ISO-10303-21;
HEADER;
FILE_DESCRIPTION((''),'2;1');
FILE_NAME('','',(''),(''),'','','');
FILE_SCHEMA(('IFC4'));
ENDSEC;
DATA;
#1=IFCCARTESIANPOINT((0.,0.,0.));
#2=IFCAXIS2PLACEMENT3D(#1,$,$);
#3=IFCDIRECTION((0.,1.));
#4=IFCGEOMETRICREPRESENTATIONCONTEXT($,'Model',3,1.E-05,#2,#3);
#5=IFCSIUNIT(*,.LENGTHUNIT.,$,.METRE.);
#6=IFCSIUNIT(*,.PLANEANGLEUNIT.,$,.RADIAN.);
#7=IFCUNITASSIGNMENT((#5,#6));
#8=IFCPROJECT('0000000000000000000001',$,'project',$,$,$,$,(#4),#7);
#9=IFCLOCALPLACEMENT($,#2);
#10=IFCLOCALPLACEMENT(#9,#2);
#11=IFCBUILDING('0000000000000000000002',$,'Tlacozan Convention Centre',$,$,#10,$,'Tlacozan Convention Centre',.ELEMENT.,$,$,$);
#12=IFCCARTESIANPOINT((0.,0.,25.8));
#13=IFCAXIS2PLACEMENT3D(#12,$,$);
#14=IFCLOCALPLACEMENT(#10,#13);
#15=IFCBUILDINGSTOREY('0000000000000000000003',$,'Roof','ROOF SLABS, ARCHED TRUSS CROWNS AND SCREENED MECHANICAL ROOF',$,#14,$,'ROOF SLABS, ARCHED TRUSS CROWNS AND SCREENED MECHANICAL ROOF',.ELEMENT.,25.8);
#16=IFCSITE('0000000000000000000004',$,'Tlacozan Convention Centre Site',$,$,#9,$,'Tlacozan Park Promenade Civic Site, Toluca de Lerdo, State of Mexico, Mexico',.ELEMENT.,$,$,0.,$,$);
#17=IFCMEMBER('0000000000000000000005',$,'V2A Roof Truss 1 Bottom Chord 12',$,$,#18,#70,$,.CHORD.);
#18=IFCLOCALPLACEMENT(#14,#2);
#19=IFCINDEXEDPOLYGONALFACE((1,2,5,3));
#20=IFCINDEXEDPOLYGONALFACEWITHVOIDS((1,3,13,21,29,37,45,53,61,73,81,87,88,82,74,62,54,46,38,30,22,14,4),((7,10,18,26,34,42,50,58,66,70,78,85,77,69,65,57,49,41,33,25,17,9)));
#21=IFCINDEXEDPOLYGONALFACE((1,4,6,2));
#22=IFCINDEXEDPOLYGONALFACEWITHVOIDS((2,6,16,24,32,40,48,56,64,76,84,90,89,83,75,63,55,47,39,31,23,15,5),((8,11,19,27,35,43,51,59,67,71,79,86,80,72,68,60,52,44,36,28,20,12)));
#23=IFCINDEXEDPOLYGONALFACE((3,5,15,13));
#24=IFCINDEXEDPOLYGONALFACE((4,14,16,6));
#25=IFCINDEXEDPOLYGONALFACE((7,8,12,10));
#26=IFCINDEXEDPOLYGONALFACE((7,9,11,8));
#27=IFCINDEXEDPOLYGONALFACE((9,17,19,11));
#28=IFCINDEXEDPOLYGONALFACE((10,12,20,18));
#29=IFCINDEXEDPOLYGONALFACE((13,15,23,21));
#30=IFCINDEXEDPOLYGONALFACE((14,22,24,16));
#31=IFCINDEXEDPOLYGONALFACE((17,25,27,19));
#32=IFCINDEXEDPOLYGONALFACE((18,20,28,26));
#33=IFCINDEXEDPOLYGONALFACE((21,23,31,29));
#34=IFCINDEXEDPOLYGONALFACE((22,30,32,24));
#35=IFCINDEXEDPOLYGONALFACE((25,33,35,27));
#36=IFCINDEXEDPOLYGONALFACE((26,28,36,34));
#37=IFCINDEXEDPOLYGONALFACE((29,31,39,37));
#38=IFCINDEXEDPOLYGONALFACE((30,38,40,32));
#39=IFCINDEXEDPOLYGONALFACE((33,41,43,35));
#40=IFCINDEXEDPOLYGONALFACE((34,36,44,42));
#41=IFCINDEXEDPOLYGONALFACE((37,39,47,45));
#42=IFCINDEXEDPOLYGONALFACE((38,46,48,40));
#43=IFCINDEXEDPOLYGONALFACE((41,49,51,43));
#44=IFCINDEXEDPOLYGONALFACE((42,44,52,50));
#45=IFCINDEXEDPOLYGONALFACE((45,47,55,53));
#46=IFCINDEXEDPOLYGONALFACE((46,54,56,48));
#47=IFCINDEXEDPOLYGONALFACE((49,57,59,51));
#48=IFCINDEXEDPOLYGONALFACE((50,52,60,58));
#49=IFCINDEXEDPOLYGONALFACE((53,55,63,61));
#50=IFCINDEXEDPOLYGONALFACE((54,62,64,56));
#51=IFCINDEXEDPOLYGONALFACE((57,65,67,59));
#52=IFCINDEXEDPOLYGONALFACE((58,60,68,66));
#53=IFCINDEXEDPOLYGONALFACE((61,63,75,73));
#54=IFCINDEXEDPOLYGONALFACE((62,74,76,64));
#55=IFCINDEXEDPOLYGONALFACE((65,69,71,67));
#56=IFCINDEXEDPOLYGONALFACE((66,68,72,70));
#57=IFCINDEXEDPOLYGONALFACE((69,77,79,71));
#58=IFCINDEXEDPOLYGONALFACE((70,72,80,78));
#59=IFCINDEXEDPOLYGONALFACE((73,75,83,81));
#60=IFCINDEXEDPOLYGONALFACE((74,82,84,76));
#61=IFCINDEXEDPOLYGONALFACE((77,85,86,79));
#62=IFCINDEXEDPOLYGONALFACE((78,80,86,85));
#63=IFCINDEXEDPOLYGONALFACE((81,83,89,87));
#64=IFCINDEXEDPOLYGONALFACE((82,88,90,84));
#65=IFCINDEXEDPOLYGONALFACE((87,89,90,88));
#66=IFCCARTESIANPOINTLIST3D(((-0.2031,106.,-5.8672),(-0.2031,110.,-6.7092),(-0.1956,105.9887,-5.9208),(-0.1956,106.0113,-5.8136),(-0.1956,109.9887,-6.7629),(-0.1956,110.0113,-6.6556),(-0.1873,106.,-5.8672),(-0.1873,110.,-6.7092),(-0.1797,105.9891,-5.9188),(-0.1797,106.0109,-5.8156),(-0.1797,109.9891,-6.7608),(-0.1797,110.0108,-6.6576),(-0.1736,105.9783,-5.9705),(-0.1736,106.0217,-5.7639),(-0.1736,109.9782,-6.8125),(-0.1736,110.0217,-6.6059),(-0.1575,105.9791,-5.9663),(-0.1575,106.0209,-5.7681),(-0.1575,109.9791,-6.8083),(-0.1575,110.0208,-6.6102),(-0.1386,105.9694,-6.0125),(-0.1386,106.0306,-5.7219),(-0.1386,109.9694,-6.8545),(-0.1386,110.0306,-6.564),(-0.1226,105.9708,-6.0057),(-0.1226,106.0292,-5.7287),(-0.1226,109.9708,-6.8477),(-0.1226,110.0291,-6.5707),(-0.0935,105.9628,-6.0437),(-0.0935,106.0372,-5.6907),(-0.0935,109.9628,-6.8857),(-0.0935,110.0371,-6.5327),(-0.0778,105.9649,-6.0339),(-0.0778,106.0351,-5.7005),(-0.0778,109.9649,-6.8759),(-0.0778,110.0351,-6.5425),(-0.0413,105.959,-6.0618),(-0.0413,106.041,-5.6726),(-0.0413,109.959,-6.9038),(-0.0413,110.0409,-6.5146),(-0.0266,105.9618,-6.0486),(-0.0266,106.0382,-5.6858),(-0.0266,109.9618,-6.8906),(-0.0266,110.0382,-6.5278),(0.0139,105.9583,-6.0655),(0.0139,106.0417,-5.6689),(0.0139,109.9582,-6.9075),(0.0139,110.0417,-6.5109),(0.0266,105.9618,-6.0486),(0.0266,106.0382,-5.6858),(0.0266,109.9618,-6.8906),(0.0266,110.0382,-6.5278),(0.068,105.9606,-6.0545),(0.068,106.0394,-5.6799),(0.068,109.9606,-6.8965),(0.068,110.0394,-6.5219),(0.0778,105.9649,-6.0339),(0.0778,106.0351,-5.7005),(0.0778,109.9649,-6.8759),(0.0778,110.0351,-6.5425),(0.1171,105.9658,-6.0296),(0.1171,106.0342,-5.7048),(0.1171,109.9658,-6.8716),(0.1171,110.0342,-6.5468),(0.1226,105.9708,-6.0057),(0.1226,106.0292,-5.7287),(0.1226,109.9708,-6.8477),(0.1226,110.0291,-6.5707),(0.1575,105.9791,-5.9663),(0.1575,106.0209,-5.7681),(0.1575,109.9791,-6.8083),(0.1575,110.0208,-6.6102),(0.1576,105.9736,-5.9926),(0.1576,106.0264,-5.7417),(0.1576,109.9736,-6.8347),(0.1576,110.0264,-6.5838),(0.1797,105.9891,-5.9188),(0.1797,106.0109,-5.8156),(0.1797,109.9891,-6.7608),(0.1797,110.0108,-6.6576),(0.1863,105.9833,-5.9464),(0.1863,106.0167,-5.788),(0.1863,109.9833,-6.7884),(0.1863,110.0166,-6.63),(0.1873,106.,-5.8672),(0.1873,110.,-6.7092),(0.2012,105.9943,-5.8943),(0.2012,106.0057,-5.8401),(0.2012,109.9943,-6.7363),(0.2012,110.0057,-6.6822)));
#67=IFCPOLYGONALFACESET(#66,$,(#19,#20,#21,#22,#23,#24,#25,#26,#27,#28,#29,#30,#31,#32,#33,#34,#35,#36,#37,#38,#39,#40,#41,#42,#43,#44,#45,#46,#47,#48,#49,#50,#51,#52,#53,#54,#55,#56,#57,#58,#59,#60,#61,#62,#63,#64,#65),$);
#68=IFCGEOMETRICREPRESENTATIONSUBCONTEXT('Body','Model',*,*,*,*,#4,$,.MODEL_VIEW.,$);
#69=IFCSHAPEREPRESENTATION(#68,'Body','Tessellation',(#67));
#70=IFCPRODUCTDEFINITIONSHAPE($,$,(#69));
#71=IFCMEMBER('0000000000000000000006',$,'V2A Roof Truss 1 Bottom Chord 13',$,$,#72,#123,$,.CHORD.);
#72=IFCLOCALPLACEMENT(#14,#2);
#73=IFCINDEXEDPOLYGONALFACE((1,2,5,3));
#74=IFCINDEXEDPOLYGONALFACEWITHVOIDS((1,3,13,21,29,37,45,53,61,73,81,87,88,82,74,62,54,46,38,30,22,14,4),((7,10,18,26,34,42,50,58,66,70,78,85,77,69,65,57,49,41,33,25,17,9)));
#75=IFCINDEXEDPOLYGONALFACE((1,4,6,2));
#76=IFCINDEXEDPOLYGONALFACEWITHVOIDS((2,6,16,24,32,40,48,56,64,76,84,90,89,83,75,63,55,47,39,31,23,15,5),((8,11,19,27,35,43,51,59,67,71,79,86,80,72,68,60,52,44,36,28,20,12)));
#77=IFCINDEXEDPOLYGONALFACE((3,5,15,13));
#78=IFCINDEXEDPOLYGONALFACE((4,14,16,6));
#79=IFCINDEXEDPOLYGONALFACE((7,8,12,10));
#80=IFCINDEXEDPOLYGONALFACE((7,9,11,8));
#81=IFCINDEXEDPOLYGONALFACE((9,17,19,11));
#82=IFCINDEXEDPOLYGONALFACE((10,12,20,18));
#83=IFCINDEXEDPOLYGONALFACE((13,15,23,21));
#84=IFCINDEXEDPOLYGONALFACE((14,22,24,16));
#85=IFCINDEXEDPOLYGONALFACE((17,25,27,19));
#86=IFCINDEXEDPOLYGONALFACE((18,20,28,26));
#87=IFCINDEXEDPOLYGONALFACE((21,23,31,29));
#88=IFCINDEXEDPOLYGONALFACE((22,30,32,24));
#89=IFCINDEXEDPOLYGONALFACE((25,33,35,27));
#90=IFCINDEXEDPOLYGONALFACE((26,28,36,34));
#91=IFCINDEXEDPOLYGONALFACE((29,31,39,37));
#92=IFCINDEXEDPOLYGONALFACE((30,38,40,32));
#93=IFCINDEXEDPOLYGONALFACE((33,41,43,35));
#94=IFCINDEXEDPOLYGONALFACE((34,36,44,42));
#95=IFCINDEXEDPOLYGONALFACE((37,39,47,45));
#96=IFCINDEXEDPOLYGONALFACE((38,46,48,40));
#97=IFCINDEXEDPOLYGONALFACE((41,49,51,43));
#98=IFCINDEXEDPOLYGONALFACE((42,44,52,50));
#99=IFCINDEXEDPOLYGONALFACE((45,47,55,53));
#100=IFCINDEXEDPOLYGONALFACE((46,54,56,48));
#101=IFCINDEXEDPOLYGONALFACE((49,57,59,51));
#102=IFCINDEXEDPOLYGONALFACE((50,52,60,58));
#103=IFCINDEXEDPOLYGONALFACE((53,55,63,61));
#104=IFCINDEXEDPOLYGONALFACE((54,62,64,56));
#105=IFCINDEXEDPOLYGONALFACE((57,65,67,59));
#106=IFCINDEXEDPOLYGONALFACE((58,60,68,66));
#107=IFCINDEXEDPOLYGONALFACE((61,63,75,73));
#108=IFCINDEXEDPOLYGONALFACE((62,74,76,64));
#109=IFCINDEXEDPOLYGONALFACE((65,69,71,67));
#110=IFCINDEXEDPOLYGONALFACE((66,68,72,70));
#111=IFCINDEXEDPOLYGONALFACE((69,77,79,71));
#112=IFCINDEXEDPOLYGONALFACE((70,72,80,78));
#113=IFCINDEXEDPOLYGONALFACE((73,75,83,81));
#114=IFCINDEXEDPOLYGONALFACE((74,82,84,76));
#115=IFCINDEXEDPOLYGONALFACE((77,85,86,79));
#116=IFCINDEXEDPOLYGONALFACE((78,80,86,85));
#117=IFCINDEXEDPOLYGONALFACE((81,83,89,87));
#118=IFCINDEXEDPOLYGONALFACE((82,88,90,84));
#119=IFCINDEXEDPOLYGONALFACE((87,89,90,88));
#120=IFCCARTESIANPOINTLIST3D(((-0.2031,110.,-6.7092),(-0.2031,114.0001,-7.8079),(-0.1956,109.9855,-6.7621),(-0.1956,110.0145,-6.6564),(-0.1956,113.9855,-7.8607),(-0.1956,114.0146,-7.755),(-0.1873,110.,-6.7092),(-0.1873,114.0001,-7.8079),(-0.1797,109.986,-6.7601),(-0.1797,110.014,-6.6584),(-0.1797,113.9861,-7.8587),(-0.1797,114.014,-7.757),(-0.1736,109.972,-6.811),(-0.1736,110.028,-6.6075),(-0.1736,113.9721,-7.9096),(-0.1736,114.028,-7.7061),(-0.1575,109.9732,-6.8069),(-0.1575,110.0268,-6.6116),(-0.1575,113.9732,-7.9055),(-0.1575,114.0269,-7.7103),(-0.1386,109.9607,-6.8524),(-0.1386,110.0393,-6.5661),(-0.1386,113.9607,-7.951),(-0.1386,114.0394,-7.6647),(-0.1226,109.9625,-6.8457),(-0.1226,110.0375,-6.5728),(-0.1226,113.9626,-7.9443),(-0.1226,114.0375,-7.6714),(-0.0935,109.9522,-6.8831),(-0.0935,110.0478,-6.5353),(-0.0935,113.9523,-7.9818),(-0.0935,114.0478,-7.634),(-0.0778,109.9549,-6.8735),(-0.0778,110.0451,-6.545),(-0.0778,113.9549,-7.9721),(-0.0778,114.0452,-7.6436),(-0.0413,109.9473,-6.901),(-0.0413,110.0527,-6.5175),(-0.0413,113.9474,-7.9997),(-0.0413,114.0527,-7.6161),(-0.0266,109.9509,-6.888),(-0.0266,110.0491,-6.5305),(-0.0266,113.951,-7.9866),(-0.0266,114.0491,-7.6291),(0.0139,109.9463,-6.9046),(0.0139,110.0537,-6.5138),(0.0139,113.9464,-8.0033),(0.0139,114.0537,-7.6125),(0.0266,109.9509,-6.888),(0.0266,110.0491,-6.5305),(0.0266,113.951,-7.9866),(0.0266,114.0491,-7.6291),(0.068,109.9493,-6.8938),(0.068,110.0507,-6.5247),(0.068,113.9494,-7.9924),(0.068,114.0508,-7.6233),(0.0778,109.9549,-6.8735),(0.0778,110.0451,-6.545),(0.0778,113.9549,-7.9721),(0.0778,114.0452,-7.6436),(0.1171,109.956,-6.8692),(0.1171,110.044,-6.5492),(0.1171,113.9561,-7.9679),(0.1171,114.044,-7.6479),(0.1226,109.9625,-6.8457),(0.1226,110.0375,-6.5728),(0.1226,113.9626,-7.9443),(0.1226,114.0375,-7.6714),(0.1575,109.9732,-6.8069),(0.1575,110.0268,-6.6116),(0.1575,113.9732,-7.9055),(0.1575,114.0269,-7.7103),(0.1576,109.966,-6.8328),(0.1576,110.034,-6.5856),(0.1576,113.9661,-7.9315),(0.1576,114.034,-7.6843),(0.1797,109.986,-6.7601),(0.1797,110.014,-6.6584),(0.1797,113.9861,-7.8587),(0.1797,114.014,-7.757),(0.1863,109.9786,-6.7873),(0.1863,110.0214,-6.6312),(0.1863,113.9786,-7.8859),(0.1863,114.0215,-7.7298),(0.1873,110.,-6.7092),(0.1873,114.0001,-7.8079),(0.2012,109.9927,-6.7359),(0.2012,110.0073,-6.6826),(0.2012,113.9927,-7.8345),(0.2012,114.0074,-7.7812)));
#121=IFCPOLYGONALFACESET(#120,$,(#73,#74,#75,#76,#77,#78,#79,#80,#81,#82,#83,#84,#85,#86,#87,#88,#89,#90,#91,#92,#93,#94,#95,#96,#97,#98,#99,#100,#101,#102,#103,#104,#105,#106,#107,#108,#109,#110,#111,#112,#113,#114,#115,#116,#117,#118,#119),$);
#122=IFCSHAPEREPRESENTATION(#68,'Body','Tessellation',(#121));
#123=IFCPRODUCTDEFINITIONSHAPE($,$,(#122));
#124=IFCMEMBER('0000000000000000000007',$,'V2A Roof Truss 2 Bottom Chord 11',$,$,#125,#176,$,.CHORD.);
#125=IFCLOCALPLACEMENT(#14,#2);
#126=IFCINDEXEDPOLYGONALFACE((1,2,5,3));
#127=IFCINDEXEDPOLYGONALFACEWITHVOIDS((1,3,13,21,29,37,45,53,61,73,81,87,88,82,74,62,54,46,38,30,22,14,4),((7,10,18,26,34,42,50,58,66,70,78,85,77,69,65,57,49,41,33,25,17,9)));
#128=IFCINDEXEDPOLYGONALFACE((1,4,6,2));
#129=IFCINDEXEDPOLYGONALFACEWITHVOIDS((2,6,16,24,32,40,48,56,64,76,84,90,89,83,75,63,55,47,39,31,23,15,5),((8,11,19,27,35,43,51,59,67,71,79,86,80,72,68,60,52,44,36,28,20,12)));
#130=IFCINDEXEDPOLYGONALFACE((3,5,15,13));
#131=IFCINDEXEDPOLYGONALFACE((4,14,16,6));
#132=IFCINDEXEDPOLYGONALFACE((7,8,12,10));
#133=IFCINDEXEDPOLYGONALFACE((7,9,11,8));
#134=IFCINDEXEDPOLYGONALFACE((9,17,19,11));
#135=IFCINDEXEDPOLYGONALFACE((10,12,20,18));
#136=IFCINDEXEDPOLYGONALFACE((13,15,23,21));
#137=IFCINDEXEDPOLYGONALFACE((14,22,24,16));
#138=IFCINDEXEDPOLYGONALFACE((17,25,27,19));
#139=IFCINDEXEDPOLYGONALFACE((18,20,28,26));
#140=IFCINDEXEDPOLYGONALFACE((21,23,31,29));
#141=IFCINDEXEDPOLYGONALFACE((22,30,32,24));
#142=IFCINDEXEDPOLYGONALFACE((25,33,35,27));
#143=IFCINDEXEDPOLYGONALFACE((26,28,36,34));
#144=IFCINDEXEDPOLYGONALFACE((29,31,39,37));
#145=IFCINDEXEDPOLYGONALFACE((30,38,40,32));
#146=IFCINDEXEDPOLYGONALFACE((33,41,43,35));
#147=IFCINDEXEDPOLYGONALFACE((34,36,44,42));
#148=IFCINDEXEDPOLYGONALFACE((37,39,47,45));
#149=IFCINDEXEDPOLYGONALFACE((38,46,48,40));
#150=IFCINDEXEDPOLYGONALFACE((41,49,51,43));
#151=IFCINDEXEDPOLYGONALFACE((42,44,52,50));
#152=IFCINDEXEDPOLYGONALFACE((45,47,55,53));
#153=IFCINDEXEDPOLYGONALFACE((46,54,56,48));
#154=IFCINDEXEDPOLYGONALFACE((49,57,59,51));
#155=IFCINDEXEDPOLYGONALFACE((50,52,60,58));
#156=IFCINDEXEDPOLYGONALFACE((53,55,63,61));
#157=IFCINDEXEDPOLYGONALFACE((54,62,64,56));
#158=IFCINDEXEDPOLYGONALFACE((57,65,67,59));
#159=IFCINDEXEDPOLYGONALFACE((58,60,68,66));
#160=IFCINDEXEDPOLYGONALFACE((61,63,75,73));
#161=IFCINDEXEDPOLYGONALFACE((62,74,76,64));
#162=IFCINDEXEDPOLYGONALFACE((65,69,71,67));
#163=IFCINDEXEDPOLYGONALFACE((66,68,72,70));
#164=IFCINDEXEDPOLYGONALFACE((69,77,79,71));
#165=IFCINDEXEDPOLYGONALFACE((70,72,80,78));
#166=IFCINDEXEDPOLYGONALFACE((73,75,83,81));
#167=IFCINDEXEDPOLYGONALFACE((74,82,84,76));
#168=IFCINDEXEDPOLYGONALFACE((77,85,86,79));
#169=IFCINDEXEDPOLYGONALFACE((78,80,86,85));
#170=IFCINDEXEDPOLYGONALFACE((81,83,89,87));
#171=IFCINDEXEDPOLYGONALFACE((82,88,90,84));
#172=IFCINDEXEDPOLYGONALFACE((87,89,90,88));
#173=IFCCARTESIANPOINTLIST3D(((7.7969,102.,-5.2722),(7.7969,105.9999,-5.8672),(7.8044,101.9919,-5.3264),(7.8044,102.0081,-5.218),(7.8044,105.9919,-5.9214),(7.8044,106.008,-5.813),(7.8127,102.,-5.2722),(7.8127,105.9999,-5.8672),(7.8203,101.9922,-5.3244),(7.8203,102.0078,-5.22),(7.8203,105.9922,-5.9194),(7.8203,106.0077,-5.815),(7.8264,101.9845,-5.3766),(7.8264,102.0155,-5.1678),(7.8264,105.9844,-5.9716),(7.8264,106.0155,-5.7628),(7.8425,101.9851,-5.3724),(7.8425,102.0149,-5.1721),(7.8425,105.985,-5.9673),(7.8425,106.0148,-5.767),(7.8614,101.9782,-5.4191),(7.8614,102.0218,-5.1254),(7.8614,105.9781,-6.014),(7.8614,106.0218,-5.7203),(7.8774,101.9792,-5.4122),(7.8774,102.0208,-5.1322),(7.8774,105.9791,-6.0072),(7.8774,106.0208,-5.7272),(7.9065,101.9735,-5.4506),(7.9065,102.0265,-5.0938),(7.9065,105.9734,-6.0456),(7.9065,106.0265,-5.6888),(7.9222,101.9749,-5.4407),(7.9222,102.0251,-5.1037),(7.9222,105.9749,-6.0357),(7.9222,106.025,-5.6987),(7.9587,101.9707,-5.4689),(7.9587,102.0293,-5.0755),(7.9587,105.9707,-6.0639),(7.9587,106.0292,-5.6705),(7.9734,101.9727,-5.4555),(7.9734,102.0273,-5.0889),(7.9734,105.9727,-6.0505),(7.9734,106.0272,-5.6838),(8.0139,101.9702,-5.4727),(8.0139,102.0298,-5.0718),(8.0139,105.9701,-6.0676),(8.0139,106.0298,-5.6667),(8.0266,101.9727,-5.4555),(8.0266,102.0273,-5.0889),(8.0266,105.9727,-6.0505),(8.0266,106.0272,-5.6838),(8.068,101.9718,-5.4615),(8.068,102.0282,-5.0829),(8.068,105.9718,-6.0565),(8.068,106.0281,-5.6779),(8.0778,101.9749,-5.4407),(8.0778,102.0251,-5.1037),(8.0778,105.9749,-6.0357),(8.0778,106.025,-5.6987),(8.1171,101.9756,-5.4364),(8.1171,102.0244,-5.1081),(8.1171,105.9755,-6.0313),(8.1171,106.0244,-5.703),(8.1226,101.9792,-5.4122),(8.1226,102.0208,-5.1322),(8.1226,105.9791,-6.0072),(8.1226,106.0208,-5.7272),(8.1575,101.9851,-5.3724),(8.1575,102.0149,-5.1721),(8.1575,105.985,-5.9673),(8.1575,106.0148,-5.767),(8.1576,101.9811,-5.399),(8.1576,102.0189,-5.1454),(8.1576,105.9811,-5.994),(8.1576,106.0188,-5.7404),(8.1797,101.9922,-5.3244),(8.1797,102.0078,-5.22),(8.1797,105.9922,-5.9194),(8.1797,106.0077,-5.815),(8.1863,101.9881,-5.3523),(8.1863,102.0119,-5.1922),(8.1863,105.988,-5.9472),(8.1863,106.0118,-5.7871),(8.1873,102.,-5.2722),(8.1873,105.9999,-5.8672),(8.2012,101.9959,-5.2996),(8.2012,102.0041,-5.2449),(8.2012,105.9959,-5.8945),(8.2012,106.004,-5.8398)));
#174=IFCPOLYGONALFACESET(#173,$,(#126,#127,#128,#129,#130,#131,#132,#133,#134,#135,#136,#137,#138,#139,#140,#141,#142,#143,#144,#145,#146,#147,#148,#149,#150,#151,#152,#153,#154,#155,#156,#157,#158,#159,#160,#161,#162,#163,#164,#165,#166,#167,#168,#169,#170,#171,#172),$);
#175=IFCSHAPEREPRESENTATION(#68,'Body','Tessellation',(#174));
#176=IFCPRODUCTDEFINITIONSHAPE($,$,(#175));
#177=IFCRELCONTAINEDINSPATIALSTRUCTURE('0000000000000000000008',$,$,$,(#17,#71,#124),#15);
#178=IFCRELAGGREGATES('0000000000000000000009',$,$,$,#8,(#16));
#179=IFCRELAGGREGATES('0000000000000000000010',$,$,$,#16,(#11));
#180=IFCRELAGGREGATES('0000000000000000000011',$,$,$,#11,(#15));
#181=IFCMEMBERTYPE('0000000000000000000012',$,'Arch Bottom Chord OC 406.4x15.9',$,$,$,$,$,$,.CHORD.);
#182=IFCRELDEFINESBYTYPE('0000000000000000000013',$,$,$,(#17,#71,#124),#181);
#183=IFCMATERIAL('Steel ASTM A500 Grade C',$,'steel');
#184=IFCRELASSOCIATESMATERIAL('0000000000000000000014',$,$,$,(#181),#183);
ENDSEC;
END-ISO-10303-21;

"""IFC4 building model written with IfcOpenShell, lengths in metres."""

from ifc_helpers import new_model, si_unit, direction, frame, origin, origin_2d, place, context, subcontext, project, spatial, hollow_circle, extrude, material, material_profile, profile_set, type_object, element, save


model = new_model("IFC4")

# Units and contexts
model_context = context("Model", 3, precision=1e-05, world=origin(), true_north=direction((0.0, 1.0)))
body_context = subcontext(model_context, "Body", "Model", "MODEL_VIEW")
ifc_project = project(units=[si_unit("LENGTHUNIT", "METRE"), si_unit("PLANEANGLEUNIT", "RADIAN")], contexts=[model_context])

# Site, building, storey
site_placement = place(None, origin())
site = spatial("IfcSite", under=ifc_project, at=site_placement, Name="Tlacozan Convention Centre Site", LongName="Tlacozan Park Promenade Civic Site, Toluca de Lerdo, State of Mexico, Mexico", CompositionType="ELEMENT", RefElevation=0.0)
building_placement = place(site_placement, origin())
building = spatial("IfcBuilding", under=site, at=building_placement, Name="Tlacozan Convention Centre", LongName="Tlacozan Convention Centre", CompositionType="ELEMENT")
storey_placement = place(building_placement, frame((0.0, 0.0, 25.8)))
storey = spatial("IfcBuildingStorey", under=building, at=storey_placement, Name="Roof", Description="ROOF SLABS, ARCHED TRUSS CROWNS AND SCREENED MECHANICAL ROOF", LongName="ROOF SLABS, ARCHED TRUSS CROWNS AND SCREENED MECHANICAL ROOF", CompositionType="ELEMENT", Elevation=25.8)

# Members
ifc_material_1 = material(Name="Steel ASTM A500 Grade C", Category="steel")
ifc_material_profile_1 = material_profile(ifc_material_1, hollow_circle(Radius=0.2031, WallThickness=0.0159, at=origin_2d()), Name="OC 406.4x15.9")
ifc_profile_set_1 = profile_set([ifc_material_profile_1], Name="Steel ASTM A500 Grade C")
member_type_1 = type_object("IfcMemberType", Name="Arch Bottom Chord OC 406.4x15.9", PredefinedType="CHORD", material=ifc_profile_set_1)
member_1_placement = place(storey_placement, frame((0.0, 106.0, -5.8672), z_axis=(0.0, 0.978553, -0.205995), x_axis=(-1.0, 0.0, 0.0)))
element("IfcMember", 1, at=member_1_placement, inside=storey, type_object=member_type_1, Name="V2A Roof Truss 1 Bottom Chord 12", PredefinedType="CHORD", context=body_context, shape_type="SweptSolid", body=[
    extrude(hollow_circle(Radius=0.2031, WallThickness=0.0159, at=origin_2d()), origin(), (0.0, 0.0, 1.0), 4.0876),
])
member_2_placement = place(storey_placement, frame((0.0, 110.0, -6.7092), z_axis=(0.0, 0.96429, -0.26485), x_axis=(-1.0, 0.0, 0.0)))
element("IfcMember", 2, at=member_2_placement, inside=storey, type_object=member_type_1, Name="V2A Roof Truss 1 Bottom Chord 13", PredefinedType="CHORD", context=body_context, shape_type="SweptSolid", body=[
    extrude(hollow_circle(Radius=0.2031, WallThickness=0.0159, at=origin_2d()), origin(), (0.0, 0.0, 1.0), 4.1482),
])
member_3_placement = place(storey_placement, frame((8.0, 102.0, -5.2722), z_axis=(0.0, 0.989118, -0.147124), x_axis=(-1.0, 0.0, 0.0)))
element("IfcMember", 3, at=member_3_placement, inside=storey, type_object=member_type_1, Name="V2A Roof Truss 2 Bottom Chord 11", PredefinedType="CHORD", context=body_context, shape_type="SweptSolid", body=[
    extrude(hollow_circle(Radius=0.2031, WallThickness=0.0159, at=origin_2d()), origin(), (0.0, 0.0, 1.0), 4.0439),
])

save(model, "model.ifc")
